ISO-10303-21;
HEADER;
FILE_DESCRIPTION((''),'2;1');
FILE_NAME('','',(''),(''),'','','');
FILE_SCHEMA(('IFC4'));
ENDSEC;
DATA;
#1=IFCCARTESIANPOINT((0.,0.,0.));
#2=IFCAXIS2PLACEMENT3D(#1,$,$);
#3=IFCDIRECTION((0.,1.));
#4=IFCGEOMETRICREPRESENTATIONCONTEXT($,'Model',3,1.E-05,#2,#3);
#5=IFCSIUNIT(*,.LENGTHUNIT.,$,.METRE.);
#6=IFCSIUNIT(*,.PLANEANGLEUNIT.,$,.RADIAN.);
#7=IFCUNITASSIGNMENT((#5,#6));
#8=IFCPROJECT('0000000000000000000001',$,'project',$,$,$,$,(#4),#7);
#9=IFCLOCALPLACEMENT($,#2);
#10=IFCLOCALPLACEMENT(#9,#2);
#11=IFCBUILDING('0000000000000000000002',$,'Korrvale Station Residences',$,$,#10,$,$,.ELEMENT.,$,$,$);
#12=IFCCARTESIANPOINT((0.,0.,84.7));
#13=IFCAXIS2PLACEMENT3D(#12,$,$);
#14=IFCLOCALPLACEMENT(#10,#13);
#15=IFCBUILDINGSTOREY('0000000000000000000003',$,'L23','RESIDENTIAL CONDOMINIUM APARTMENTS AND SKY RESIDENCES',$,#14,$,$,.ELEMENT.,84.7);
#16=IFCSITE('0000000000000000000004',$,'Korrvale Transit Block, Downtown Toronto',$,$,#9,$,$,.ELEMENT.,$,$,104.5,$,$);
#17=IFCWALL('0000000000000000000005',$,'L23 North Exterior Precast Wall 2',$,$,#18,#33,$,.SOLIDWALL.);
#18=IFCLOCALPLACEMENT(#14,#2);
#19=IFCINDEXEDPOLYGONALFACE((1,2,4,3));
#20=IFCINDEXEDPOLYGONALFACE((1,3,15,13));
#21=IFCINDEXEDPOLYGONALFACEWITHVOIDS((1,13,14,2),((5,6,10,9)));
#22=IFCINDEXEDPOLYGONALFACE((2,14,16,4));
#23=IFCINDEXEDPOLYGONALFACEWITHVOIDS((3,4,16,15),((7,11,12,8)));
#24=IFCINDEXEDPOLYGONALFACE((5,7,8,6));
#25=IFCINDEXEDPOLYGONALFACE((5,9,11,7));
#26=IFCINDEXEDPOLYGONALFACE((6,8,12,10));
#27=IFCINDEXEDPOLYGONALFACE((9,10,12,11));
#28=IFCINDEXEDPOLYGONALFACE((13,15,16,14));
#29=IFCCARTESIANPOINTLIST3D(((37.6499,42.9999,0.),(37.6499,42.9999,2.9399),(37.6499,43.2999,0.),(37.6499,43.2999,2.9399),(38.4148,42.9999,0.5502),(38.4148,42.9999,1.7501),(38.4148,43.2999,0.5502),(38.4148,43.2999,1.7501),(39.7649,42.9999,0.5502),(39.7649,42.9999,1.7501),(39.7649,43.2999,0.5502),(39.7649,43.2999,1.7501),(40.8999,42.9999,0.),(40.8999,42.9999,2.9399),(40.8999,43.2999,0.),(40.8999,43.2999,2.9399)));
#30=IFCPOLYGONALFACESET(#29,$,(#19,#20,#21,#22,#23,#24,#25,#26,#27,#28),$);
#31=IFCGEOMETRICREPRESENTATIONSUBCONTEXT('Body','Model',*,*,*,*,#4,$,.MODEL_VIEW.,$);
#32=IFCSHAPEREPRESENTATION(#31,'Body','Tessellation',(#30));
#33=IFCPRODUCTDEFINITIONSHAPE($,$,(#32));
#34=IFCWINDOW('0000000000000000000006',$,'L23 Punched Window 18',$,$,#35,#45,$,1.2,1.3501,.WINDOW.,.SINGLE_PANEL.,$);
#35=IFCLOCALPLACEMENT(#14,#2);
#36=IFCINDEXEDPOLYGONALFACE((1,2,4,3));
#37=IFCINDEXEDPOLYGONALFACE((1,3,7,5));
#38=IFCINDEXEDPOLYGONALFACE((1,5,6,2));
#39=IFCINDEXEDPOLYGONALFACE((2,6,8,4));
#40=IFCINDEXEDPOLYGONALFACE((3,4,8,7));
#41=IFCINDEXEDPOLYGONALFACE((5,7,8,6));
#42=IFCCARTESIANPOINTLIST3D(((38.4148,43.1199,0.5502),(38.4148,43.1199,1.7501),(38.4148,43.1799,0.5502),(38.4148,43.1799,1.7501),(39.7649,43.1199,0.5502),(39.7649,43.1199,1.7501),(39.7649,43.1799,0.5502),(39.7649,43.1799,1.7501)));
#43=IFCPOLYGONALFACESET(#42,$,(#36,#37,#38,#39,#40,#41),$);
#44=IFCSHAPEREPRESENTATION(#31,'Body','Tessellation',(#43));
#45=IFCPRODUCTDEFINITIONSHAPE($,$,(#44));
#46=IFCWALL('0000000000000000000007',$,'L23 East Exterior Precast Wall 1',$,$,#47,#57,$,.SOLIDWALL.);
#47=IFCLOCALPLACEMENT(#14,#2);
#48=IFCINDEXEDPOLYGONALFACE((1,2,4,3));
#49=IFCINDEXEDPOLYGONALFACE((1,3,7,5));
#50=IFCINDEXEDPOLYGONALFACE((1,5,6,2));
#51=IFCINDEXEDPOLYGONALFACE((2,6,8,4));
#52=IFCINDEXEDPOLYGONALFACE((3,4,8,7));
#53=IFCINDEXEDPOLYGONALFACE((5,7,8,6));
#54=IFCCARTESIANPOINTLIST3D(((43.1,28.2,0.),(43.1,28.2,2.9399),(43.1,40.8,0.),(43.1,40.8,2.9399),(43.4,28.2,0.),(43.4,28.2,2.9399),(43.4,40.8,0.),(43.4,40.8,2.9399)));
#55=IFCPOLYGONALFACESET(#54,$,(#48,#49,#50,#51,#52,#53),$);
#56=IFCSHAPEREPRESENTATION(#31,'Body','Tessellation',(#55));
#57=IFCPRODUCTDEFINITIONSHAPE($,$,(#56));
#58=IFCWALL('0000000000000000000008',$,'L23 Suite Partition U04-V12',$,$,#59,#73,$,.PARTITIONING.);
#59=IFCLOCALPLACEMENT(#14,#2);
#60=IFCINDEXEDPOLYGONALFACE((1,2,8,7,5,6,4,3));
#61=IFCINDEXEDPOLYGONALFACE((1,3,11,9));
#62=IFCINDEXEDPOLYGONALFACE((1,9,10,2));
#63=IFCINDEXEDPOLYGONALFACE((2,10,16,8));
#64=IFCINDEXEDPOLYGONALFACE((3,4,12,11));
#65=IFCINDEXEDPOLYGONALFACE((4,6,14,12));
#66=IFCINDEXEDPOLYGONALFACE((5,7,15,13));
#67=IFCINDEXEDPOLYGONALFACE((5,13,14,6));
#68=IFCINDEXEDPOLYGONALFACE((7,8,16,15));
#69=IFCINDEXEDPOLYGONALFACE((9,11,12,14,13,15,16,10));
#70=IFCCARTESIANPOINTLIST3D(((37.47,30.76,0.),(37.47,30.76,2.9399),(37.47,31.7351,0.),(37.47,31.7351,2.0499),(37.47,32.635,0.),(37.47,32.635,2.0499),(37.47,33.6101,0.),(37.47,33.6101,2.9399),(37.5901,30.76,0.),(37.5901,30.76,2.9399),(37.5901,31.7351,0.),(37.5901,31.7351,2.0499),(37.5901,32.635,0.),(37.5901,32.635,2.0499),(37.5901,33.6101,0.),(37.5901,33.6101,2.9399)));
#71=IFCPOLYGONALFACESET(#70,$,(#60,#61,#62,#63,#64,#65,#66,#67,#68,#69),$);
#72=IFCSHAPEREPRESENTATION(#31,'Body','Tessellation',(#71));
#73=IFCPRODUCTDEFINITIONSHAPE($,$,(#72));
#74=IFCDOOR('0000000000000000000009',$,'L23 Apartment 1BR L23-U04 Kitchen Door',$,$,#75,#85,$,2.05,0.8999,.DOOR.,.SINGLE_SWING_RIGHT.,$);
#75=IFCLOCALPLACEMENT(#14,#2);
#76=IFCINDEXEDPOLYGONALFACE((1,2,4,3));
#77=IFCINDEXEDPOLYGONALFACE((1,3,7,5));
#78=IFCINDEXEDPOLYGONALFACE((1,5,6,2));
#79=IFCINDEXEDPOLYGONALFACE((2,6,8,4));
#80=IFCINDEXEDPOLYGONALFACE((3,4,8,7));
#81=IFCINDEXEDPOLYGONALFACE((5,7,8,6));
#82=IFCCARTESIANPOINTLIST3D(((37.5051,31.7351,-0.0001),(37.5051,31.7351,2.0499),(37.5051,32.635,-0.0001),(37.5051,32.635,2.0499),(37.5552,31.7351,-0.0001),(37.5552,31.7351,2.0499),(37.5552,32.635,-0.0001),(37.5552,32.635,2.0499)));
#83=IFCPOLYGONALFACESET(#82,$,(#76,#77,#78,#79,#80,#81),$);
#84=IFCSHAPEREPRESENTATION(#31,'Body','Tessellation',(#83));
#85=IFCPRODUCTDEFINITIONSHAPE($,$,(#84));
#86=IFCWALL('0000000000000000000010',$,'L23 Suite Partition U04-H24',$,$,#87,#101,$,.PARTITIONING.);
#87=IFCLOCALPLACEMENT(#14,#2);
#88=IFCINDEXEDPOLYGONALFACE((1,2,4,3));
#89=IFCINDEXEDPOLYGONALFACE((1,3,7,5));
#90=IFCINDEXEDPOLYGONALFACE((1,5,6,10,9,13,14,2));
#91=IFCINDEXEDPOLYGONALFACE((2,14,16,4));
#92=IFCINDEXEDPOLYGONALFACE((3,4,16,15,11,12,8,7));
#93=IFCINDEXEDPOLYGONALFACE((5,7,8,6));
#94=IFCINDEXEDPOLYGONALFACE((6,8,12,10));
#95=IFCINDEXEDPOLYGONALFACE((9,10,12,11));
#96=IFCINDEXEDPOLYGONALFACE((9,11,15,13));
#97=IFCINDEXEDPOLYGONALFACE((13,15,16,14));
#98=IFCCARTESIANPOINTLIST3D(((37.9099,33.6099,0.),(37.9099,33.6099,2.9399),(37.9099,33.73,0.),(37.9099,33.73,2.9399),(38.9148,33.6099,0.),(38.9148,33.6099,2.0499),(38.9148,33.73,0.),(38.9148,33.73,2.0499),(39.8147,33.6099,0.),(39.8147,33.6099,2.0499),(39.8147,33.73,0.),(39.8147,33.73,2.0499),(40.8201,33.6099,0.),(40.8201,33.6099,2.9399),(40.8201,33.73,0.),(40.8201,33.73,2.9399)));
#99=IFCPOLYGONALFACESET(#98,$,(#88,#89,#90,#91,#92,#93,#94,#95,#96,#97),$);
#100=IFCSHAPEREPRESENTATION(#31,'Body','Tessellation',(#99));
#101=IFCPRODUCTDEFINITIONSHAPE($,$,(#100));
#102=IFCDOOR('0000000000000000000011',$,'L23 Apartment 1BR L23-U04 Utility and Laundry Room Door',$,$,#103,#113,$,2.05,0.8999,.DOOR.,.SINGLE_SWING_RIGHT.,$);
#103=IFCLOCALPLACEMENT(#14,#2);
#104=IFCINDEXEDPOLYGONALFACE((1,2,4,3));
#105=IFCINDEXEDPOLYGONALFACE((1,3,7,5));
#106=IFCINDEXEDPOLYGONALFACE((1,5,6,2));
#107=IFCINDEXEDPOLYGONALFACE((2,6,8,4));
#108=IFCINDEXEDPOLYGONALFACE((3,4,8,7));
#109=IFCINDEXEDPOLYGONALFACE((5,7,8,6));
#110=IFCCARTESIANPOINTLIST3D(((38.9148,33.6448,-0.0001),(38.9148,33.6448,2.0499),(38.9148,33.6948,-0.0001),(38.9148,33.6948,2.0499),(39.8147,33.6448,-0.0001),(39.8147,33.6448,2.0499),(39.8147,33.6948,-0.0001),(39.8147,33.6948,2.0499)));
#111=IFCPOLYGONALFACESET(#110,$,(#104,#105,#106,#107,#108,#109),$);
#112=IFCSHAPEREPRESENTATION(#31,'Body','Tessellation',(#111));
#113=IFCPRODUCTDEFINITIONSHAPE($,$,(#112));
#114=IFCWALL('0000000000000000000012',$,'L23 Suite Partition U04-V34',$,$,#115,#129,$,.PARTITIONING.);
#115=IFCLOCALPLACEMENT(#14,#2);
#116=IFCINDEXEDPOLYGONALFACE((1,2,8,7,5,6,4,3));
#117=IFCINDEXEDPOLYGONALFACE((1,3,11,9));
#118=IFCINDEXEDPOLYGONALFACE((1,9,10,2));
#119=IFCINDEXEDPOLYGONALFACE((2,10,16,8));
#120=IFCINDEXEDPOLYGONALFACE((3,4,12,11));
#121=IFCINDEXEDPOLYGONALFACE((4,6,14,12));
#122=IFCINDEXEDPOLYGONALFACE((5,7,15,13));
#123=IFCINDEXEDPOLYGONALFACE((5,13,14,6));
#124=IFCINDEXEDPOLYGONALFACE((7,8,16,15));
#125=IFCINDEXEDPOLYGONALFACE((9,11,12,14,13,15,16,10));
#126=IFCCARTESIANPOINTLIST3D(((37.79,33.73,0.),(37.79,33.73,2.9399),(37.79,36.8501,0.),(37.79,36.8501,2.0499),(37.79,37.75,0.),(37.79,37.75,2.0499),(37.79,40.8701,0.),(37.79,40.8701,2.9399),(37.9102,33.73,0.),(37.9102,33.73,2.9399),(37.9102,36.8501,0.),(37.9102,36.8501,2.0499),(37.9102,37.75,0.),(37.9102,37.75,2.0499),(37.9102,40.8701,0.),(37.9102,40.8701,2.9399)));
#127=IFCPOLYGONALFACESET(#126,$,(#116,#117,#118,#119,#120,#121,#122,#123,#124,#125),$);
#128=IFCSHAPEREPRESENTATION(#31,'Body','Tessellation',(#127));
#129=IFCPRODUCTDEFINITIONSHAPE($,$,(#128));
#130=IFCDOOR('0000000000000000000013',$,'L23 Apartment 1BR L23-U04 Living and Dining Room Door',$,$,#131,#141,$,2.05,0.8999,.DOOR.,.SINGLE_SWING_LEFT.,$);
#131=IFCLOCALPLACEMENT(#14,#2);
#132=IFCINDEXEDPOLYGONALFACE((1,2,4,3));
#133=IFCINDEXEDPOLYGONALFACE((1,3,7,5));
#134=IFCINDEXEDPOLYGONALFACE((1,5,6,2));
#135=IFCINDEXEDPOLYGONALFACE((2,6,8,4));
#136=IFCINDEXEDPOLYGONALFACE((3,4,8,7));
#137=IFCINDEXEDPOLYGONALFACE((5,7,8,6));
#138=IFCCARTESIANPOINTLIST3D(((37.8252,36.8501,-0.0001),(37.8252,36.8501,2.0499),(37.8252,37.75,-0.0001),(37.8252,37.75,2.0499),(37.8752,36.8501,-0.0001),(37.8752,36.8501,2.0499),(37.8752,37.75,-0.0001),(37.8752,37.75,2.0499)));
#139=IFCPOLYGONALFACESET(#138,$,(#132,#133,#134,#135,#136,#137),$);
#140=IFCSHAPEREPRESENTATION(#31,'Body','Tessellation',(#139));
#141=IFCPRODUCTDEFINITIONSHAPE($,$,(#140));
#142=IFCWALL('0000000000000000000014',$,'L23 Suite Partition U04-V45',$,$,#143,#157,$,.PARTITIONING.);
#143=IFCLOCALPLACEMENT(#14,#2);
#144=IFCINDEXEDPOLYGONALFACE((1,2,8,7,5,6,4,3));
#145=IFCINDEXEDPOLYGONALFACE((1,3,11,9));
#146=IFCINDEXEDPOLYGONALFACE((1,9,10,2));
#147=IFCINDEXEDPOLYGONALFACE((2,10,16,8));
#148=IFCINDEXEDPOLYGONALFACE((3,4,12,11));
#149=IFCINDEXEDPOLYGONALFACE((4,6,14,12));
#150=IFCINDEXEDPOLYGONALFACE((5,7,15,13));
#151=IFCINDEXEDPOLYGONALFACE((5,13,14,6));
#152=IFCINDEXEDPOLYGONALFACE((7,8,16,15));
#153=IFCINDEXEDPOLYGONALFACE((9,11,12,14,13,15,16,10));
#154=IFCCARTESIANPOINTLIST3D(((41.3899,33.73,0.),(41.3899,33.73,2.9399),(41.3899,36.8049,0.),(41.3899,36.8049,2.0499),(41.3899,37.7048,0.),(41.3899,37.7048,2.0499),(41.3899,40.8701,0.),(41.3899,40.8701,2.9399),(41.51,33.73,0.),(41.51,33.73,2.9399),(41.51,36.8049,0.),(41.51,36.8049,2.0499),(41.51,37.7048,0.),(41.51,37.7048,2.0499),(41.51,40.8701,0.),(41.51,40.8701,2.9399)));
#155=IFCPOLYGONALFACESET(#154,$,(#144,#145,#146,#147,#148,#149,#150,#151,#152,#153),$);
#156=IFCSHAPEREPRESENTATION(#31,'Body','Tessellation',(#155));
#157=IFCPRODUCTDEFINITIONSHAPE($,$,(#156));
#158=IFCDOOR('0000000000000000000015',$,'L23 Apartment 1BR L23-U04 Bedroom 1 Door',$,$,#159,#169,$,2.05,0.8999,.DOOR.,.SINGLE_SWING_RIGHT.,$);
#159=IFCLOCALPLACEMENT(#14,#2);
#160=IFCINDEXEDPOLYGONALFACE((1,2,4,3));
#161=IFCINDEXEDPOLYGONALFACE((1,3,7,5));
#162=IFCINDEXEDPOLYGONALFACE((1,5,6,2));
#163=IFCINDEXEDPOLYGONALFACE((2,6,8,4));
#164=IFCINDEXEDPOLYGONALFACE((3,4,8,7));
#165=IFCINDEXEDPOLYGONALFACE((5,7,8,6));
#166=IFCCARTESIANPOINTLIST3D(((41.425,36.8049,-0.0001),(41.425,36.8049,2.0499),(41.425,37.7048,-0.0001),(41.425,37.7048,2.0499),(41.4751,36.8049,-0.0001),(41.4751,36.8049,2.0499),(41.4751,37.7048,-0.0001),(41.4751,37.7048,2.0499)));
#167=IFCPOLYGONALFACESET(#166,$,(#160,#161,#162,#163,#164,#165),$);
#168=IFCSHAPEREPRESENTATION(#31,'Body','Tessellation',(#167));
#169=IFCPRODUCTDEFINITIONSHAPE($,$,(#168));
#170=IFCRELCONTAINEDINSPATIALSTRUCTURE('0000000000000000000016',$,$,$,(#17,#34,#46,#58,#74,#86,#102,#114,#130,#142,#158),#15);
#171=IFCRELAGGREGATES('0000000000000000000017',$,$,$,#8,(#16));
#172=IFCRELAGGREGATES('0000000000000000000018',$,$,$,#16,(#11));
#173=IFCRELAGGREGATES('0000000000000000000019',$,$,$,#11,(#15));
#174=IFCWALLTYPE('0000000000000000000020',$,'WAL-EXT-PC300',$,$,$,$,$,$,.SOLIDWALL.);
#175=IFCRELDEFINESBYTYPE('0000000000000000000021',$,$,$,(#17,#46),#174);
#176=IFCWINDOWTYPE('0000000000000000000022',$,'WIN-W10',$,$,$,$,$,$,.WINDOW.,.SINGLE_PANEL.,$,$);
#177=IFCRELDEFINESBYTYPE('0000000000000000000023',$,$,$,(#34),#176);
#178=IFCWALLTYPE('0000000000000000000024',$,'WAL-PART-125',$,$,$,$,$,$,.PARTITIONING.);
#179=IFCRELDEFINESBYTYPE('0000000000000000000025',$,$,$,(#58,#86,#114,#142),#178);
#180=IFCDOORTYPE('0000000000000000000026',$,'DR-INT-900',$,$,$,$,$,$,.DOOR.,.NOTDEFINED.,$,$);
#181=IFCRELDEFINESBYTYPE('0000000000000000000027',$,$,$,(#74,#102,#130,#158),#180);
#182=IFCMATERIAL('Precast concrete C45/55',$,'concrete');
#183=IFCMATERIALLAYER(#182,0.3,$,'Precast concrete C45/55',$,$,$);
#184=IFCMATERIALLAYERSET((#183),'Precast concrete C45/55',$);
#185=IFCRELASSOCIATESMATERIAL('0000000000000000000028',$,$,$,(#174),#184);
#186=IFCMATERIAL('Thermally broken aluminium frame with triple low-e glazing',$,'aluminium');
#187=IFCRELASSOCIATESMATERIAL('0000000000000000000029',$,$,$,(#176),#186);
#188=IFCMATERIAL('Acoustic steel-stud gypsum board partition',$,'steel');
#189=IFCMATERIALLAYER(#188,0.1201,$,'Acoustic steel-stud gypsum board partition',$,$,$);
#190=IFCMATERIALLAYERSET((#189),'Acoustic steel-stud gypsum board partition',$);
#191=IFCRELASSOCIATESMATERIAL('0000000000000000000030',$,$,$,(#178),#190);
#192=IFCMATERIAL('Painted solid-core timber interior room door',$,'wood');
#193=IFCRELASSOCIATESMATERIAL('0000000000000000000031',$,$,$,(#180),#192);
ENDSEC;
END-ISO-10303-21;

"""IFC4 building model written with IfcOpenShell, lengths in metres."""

from ifc_helpers import new_model, si_unit, direction, frame, frame_2d, origin, place, context, subcontext, project, spatial, rectangle, extrude, material, layer, layer_set, type_object, element, fill, save


model = new_model("IFC4")

# Units and contexts
model_context = context("Model", 3, precision=1e-05, world=origin(), true_north=direction((0.0, 1.0)))
body_context = subcontext(model_context, "Body", "Model", "MODEL_VIEW")
ifc_project = project(units=[si_unit("LENGTHUNIT", "METRE"), si_unit("PLANEANGLEUNIT", "RADIAN")], contexts=[model_context])

# Site, building, storey
site_placement = place(None, origin())
site = spatial("IfcSite", under=ifc_project, at=site_placement, Name="Korrvale Transit Block, Downtown Toronto", CompositionType="ELEMENT", RefElevation=104.5)
building_placement = place(site_placement, origin())
building = spatial("IfcBuilding", under=site, at=building_placement, Name="Korrvale Station Residences", CompositionType="ELEMENT")
storey_placement = place(building_placement, frame((0.0, 0.0, 84.7)))
storey = spatial("IfcBuildingStorey", under=building, at=storey_placement, Name="L23", Description="RESIDENTIAL CONDOMINIUM APARTMENTS AND SKY RESIDENCES", CompositionType="ELEMENT", Elevation=84.7)

# Shared definitions
ifc_material_1 = material(Name="Precast concrete C45/55", Category="concrete")

# Wall, opening, window
ifc_layer_1 = layer(ifc_material_1, 0.3, Name="Precast concrete C45/55")
ifc_layer_set_1 = layer_set([ifc_layer_1], Name="Precast concrete C45/55")
wall_type_1 = type_object("IfcWallType", Name="WAL-EXT-PC300", PredefinedType="SOLIDWALL", material=ifc_layer_set_1)
wall_1_placement = place(storey_placement, frame((37.6499, 43.1499, 0.0), z_axis=(0.0, 0.0, 1.0), x_axis=(1.0, 0.0, 0.0)))
wall_1 = element("IfcWall", 1, at=wall_1_placement, inside=storey, type_object=wall_type_1, Name="L23 North Exterior Precast Wall 2", PredefinedType="SOLIDWALL", context=body_context, shape_type="SweptSolid", body=[
    extrude(rectangle(XDim=3.25, YDim=0.3, at=frame_2d((1.625, 0.0))), origin(), (0.0, 0.0, 1.0), 2.9399),
])
opening_1_placement = place(wall_1_placement, frame((0.7649, 0.0, 0.55)))
opening_1 = element("IfcOpeningElement", 2, at=opening_1_placement, cuts=wall_1, PredefinedType="OPENING", context=body_context, shape_type="SweptSolid", body=[
    extrude(rectangle(XDim=1.3501, YDim=1.2, at=frame_2d((0.675, 0.6001))), frame((0.0, 0.1602, 0.0), z_axis=(0.0, -1.0, 0.0), x_axis=(1.0, 0.0, 0.0)), (0.0, 0.0, 1.0), 0.3201),
])
ifc_material_2 = material(Name="Thermally broken aluminium frame with triple low-e glazing", Category="aluminium")
window_type = type_object("IfcWindowType", Name="WIN-W10", PartitioningType="SINGLE_PANEL", PredefinedType="WINDOW", material=ifc_material_2)
window_placement = place(opening_1_placement, origin())
window = element("IfcWindow", 3, at=window_placement, inside=storey, type_object=window_type, Name="L23 Punched Window 18", OverallHeight=1.2, OverallWidth=1.3501, PartitioningType="SINGLE_PANEL", PredefinedType="WINDOW", context=body_context, shape_type="SweptSolid", body=[
    extrude(rectangle(XDim=1.3501, YDim=1.2, at=frame_2d((0.675, 0.6001))), frame((0.0, 0.03, 0.0), z_axis=(0.0, -1.0, 0.0), x_axis=(1.0, 0.0, 0.0)), (0.0, 0.0, 1.0), 0.0601),
])
fill(opening_1, window)

# Wall
wall_2_placement = place(storey_placement, frame((43.25, 40.8, 0.0), z_axis=(0.0, 0.0, 1.0), x_axis=(0.0, -1.0, 0.0)))
element("IfcWall", 4, at=wall_2_placement, inside=storey, type_object=wall_type_1, Name="L23 East Exterior Precast Wall 1", PredefinedType="SOLIDWALL", context=body_context, shape_type="SweptSolid", body=[
    extrude(rectangle(XDim=12.6001, YDim=0.3, at=frame_2d((6.3, 0.0))), origin(), (0.0, 0.0, 1.0), 2.9399),
])

# Walls, openings, doors
ifc_material_3 = material(Name="Acoustic steel-stud gypsum board partition", Category="steel")
ifc_layer_2 = layer(ifc_material_3, 0.1201, Name="Acoustic steel-stud gypsum board partition")
ifc_layer_set_2 = layer_set([ifc_layer_2], Name="Acoustic steel-stud gypsum board partition")
wall_type_2 = type_object("IfcWallType", Name="WAL-PART-125", PredefinedType="PARTITIONING", material=ifc_layer_set_2)
wall_3_placement = place(storey_placement, frame((37.53, 30.76, 0.0), z_axis=(0.0, 0.0, 1.0), x_axis=(0.0, 1.0, 0.0)))
wall_3 = element("IfcWall", 5, at=wall_3_placement, inside=storey, type_object=wall_type_2, Name="L23 Suite Partition U04-V12", PredefinedType="PARTITIONING", context=body_context, shape_type="SweptSolid", body=[
    extrude(rectangle(XDim=2.8501, YDim=0.1201, at=frame_2d((1.425, 0.0))), origin(), (0.0, 0.0, 1.0), 2.9399),
])
opening_2_placement = place(wall_3_placement, frame((0.9751, 0.0, 0.0)))
opening_2 = element("IfcOpeningElement", 6, at=opening_2_placement, cuts=wall_3, PredefinedType="OPENING", context=body_context, shape_type="SweptSolid", body=[
    extrude(rectangle(XDim=0.8999, YDim=2.05, at=frame_2d((0.45, 1.0249))), frame((0.0, 0.0701, 0.0), z_axis=(0.0, -1.0, 0.0), x_axis=(1.0, 0.0, 0.0)), (0.0, 0.0, 1.0), 0.1401),
])
ifc_material_4 = material(Name="Painted solid-core timber interior room door", Category="wood")
door_type = type_object("IfcDoorType", Name="DR-INT-900", OperationType="NOTDEFINED", PredefinedType="DOOR", material=ifc_material_4)
door_1_placement = place(opening_2_placement, origin())
door_1 = element("IfcDoor", 7, at=door_1_placement, inside=storey, type_object=door_type, Name="L23 Apartment 1BR L23-U04 Kitchen Door", OperationType="SINGLE_SWING_RIGHT", OverallHeight=2.05, OverallWidth=0.8999, PredefinedType="DOOR", context=body_context, shape_type="SweptSolid", body=[
    extrude(rectangle(XDim=0.8999, YDim=2.05, at=frame_2d((0.45, 1.0249))), frame((0.0, 0.0249, 0.0), z_axis=(0.0, -1.0, 0.0), x_axis=(1.0, 0.0, 0.0)), (0.0, 0.0, 1.0), 0.05),
])
fill(opening_2, door_1)
wall_4_placement = place(storey_placement, frame((37.9099, 33.6699, 0.0), z_axis=(0.0, 0.0, 1.0), x_axis=(1.0, 0.0, 0.0)))
wall_4 = element("IfcWall", 8, at=wall_4_placement, inside=storey, type_object=wall_type_2, Name="L23 Suite Partition U04-H24", PredefinedType="PARTITIONING", context=body_context, shape_type="SweptSolid", body=[
    extrude(rectangle(XDim=2.9102, YDim=0.1201, at=frame_2d((1.4551, 0.0))), origin(), (0.0, 0.0, 1.0), 2.9399),
])
opening_3_placement = place(wall_4_placement, frame((1.0049, 0.0, 0.0)))
opening_3 = element("IfcOpeningElement", 9, at=opening_3_placement, cuts=wall_4, PredefinedType="OPENING", context=body_context, shape_type="SweptSolid", body=[
    extrude(rectangle(XDim=0.8999, YDim=2.05, at=frame_2d((0.45, 1.0249))), frame((0.0, 0.0701, 0.0), z_axis=(0.0, -1.0, 0.0), x_axis=(1.0, 0.0, 0.0)), (0.0, 0.0, 1.0), 0.1401),
])
door_2_placement = place(opening_3_placement, origin())
door_2 = element("IfcDoor", 10, at=door_2_placement, inside=storey, type_object=door_type, Name="L23 Apartment 1BR L23-U04 Utility and Laundry Room Door", OperationType="SINGLE_SWING_RIGHT", OverallHeight=2.05, OverallWidth=0.8999, PredefinedType="DOOR", context=body_context, shape_type="SweptSolid", body=[
    extrude(rectangle(XDim=0.8999, YDim=2.05, at=frame_2d((0.45, 1.0249))), frame((0.0, 0.0249, 0.0), z_axis=(0.0, -1.0, 0.0), x_axis=(1.0, 0.0, 0.0)), (0.0, 0.0, 1.0), 0.05),
])
fill(opening_3, door_2)
wall_5_placement = place(storey_placement, frame((37.8501, 33.73, 0.0), z_axis=(0.0, 0.0, 1.0), x_axis=(0.0, 1.0, 0.0)))
wall_5 = element("IfcWall", 11, at=wall_5_placement, inside=storey, type_object=wall_type_2, Name="L23 Suite Partition U04-V34", PredefinedType="PARTITIONING", context=body_context, shape_type="SweptSolid", body=[
    extrude(rectangle(XDim=7.1401, YDim=0.1201, at=frame_2d((3.5701, 0.0))), origin(), (0.0, 0.0, 1.0), 2.9399),
])
opening_4_placement = place(wall_5_placement, frame((3.1201, 0.0, 0.0)))
opening_4 = element("IfcOpeningElement", 12, at=opening_4_placement, cuts=wall_5, PredefinedType="OPENING", context=body_context, shape_type="SweptSolid", body=[
    extrude(rectangle(XDim=0.8999, YDim=2.05, at=frame_2d((0.45, 1.0249))), frame((0.0, 0.0701, 0.0), z_axis=(0.0, -1.0, 0.0), x_axis=(1.0, 0.0, 0.0)), (0.0, 0.0, 1.0), 0.1401),
])
door_3_placement = place(opening_4_placement, origin())
door_3 = element("IfcDoor", 13, at=door_3_placement, inside=storey, type_object=door_type, Name="L23 Apartment 1BR L23-U04 Living and Dining Room Door", OperationType="SINGLE_SWING_LEFT", OverallHeight=2.05, OverallWidth=0.8999, PredefinedType="DOOR", context=body_context, shape_type="SweptSolid", body=[
    extrude(rectangle(XDim=0.8999, YDim=2.05, at=frame_2d((0.45, 1.0249))), frame((0.0, 0.0249, 0.0), z_axis=(0.0, -1.0, 0.0), x_axis=(1.0, 0.0, 0.0)), (0.0, 0.0, 1.0), 0.05),
])
fill(opening_4, door_3)
wall_6_placement = place(storey_placement, frame((41.45, 33.73, 0.0), z_axis=(0.0, 0.0, 1.0), x_axis=(0.0, 1.0, 0.0)))
wall_6 = element("IfcWall", 14, at=wall_6_placement, inside=storey, type_object=wall_type_2, Name="L23 Suite Partition U04-V45", PredefinedType="PARTITIONING", context=body_context, shape_type="SweptSolid", body=[
    extrude(rectangle(XDim=7.1401, YDim=0.1201, at=frame_2d((3.5701, 0.0))), origin(), (0.0, 0.0, 1.0), 2.9399),
])
opening_5_placement = place(wall_6_placement, frame((3.075, 0.0, 0.0)))
opening_5 = element("IfcOpeningElement", 15, at=opening_5_placement, cuts=wall_6, PredefinedType="OPENING", context=body_context, shape_type="SweptSolid", body=[
    extrude(rectangle(XDim=0.8999, YDim=2.05, at=frame_2d((0.45, 1.0249))), frame((0.0, 0.0701, 0.0), z_axis=(0.0, -1.0, 0.0), x_axis=(1.0, 0.0, 0.0)), (0.0, 0.0, 1.0), 0.1401),
])
door_4_placement = place(opening_5_placement, origin())
door_4 = element("IfcDoor", 16, at=door_4_placement, inside=storey, type_object=door_type, Name="L23 Apartment 1BR L23-U04 Bedroom 1 Door", OperationType="SINGLE_SWING_RIGHT", OverallHeight=2.05, OverallWidth=0.8999, PredefinedType="DOOR", context=body_context, shape_type="SweptSolid", body=[
    extrude(rectangle(XDim=0.8999, YDim=2.05, at=frame_2d((0.45, 1.0249))), frame((0.0, 0.0249, 0.0), z_axis=(0.0, -1.0, 0.0), x_axis=(1.0, 0.0, 0.0)), (0.0, 0.0, 1.0), 0.05),
])
fill(opening_5, door_4)

save(model, "model.ifc")
